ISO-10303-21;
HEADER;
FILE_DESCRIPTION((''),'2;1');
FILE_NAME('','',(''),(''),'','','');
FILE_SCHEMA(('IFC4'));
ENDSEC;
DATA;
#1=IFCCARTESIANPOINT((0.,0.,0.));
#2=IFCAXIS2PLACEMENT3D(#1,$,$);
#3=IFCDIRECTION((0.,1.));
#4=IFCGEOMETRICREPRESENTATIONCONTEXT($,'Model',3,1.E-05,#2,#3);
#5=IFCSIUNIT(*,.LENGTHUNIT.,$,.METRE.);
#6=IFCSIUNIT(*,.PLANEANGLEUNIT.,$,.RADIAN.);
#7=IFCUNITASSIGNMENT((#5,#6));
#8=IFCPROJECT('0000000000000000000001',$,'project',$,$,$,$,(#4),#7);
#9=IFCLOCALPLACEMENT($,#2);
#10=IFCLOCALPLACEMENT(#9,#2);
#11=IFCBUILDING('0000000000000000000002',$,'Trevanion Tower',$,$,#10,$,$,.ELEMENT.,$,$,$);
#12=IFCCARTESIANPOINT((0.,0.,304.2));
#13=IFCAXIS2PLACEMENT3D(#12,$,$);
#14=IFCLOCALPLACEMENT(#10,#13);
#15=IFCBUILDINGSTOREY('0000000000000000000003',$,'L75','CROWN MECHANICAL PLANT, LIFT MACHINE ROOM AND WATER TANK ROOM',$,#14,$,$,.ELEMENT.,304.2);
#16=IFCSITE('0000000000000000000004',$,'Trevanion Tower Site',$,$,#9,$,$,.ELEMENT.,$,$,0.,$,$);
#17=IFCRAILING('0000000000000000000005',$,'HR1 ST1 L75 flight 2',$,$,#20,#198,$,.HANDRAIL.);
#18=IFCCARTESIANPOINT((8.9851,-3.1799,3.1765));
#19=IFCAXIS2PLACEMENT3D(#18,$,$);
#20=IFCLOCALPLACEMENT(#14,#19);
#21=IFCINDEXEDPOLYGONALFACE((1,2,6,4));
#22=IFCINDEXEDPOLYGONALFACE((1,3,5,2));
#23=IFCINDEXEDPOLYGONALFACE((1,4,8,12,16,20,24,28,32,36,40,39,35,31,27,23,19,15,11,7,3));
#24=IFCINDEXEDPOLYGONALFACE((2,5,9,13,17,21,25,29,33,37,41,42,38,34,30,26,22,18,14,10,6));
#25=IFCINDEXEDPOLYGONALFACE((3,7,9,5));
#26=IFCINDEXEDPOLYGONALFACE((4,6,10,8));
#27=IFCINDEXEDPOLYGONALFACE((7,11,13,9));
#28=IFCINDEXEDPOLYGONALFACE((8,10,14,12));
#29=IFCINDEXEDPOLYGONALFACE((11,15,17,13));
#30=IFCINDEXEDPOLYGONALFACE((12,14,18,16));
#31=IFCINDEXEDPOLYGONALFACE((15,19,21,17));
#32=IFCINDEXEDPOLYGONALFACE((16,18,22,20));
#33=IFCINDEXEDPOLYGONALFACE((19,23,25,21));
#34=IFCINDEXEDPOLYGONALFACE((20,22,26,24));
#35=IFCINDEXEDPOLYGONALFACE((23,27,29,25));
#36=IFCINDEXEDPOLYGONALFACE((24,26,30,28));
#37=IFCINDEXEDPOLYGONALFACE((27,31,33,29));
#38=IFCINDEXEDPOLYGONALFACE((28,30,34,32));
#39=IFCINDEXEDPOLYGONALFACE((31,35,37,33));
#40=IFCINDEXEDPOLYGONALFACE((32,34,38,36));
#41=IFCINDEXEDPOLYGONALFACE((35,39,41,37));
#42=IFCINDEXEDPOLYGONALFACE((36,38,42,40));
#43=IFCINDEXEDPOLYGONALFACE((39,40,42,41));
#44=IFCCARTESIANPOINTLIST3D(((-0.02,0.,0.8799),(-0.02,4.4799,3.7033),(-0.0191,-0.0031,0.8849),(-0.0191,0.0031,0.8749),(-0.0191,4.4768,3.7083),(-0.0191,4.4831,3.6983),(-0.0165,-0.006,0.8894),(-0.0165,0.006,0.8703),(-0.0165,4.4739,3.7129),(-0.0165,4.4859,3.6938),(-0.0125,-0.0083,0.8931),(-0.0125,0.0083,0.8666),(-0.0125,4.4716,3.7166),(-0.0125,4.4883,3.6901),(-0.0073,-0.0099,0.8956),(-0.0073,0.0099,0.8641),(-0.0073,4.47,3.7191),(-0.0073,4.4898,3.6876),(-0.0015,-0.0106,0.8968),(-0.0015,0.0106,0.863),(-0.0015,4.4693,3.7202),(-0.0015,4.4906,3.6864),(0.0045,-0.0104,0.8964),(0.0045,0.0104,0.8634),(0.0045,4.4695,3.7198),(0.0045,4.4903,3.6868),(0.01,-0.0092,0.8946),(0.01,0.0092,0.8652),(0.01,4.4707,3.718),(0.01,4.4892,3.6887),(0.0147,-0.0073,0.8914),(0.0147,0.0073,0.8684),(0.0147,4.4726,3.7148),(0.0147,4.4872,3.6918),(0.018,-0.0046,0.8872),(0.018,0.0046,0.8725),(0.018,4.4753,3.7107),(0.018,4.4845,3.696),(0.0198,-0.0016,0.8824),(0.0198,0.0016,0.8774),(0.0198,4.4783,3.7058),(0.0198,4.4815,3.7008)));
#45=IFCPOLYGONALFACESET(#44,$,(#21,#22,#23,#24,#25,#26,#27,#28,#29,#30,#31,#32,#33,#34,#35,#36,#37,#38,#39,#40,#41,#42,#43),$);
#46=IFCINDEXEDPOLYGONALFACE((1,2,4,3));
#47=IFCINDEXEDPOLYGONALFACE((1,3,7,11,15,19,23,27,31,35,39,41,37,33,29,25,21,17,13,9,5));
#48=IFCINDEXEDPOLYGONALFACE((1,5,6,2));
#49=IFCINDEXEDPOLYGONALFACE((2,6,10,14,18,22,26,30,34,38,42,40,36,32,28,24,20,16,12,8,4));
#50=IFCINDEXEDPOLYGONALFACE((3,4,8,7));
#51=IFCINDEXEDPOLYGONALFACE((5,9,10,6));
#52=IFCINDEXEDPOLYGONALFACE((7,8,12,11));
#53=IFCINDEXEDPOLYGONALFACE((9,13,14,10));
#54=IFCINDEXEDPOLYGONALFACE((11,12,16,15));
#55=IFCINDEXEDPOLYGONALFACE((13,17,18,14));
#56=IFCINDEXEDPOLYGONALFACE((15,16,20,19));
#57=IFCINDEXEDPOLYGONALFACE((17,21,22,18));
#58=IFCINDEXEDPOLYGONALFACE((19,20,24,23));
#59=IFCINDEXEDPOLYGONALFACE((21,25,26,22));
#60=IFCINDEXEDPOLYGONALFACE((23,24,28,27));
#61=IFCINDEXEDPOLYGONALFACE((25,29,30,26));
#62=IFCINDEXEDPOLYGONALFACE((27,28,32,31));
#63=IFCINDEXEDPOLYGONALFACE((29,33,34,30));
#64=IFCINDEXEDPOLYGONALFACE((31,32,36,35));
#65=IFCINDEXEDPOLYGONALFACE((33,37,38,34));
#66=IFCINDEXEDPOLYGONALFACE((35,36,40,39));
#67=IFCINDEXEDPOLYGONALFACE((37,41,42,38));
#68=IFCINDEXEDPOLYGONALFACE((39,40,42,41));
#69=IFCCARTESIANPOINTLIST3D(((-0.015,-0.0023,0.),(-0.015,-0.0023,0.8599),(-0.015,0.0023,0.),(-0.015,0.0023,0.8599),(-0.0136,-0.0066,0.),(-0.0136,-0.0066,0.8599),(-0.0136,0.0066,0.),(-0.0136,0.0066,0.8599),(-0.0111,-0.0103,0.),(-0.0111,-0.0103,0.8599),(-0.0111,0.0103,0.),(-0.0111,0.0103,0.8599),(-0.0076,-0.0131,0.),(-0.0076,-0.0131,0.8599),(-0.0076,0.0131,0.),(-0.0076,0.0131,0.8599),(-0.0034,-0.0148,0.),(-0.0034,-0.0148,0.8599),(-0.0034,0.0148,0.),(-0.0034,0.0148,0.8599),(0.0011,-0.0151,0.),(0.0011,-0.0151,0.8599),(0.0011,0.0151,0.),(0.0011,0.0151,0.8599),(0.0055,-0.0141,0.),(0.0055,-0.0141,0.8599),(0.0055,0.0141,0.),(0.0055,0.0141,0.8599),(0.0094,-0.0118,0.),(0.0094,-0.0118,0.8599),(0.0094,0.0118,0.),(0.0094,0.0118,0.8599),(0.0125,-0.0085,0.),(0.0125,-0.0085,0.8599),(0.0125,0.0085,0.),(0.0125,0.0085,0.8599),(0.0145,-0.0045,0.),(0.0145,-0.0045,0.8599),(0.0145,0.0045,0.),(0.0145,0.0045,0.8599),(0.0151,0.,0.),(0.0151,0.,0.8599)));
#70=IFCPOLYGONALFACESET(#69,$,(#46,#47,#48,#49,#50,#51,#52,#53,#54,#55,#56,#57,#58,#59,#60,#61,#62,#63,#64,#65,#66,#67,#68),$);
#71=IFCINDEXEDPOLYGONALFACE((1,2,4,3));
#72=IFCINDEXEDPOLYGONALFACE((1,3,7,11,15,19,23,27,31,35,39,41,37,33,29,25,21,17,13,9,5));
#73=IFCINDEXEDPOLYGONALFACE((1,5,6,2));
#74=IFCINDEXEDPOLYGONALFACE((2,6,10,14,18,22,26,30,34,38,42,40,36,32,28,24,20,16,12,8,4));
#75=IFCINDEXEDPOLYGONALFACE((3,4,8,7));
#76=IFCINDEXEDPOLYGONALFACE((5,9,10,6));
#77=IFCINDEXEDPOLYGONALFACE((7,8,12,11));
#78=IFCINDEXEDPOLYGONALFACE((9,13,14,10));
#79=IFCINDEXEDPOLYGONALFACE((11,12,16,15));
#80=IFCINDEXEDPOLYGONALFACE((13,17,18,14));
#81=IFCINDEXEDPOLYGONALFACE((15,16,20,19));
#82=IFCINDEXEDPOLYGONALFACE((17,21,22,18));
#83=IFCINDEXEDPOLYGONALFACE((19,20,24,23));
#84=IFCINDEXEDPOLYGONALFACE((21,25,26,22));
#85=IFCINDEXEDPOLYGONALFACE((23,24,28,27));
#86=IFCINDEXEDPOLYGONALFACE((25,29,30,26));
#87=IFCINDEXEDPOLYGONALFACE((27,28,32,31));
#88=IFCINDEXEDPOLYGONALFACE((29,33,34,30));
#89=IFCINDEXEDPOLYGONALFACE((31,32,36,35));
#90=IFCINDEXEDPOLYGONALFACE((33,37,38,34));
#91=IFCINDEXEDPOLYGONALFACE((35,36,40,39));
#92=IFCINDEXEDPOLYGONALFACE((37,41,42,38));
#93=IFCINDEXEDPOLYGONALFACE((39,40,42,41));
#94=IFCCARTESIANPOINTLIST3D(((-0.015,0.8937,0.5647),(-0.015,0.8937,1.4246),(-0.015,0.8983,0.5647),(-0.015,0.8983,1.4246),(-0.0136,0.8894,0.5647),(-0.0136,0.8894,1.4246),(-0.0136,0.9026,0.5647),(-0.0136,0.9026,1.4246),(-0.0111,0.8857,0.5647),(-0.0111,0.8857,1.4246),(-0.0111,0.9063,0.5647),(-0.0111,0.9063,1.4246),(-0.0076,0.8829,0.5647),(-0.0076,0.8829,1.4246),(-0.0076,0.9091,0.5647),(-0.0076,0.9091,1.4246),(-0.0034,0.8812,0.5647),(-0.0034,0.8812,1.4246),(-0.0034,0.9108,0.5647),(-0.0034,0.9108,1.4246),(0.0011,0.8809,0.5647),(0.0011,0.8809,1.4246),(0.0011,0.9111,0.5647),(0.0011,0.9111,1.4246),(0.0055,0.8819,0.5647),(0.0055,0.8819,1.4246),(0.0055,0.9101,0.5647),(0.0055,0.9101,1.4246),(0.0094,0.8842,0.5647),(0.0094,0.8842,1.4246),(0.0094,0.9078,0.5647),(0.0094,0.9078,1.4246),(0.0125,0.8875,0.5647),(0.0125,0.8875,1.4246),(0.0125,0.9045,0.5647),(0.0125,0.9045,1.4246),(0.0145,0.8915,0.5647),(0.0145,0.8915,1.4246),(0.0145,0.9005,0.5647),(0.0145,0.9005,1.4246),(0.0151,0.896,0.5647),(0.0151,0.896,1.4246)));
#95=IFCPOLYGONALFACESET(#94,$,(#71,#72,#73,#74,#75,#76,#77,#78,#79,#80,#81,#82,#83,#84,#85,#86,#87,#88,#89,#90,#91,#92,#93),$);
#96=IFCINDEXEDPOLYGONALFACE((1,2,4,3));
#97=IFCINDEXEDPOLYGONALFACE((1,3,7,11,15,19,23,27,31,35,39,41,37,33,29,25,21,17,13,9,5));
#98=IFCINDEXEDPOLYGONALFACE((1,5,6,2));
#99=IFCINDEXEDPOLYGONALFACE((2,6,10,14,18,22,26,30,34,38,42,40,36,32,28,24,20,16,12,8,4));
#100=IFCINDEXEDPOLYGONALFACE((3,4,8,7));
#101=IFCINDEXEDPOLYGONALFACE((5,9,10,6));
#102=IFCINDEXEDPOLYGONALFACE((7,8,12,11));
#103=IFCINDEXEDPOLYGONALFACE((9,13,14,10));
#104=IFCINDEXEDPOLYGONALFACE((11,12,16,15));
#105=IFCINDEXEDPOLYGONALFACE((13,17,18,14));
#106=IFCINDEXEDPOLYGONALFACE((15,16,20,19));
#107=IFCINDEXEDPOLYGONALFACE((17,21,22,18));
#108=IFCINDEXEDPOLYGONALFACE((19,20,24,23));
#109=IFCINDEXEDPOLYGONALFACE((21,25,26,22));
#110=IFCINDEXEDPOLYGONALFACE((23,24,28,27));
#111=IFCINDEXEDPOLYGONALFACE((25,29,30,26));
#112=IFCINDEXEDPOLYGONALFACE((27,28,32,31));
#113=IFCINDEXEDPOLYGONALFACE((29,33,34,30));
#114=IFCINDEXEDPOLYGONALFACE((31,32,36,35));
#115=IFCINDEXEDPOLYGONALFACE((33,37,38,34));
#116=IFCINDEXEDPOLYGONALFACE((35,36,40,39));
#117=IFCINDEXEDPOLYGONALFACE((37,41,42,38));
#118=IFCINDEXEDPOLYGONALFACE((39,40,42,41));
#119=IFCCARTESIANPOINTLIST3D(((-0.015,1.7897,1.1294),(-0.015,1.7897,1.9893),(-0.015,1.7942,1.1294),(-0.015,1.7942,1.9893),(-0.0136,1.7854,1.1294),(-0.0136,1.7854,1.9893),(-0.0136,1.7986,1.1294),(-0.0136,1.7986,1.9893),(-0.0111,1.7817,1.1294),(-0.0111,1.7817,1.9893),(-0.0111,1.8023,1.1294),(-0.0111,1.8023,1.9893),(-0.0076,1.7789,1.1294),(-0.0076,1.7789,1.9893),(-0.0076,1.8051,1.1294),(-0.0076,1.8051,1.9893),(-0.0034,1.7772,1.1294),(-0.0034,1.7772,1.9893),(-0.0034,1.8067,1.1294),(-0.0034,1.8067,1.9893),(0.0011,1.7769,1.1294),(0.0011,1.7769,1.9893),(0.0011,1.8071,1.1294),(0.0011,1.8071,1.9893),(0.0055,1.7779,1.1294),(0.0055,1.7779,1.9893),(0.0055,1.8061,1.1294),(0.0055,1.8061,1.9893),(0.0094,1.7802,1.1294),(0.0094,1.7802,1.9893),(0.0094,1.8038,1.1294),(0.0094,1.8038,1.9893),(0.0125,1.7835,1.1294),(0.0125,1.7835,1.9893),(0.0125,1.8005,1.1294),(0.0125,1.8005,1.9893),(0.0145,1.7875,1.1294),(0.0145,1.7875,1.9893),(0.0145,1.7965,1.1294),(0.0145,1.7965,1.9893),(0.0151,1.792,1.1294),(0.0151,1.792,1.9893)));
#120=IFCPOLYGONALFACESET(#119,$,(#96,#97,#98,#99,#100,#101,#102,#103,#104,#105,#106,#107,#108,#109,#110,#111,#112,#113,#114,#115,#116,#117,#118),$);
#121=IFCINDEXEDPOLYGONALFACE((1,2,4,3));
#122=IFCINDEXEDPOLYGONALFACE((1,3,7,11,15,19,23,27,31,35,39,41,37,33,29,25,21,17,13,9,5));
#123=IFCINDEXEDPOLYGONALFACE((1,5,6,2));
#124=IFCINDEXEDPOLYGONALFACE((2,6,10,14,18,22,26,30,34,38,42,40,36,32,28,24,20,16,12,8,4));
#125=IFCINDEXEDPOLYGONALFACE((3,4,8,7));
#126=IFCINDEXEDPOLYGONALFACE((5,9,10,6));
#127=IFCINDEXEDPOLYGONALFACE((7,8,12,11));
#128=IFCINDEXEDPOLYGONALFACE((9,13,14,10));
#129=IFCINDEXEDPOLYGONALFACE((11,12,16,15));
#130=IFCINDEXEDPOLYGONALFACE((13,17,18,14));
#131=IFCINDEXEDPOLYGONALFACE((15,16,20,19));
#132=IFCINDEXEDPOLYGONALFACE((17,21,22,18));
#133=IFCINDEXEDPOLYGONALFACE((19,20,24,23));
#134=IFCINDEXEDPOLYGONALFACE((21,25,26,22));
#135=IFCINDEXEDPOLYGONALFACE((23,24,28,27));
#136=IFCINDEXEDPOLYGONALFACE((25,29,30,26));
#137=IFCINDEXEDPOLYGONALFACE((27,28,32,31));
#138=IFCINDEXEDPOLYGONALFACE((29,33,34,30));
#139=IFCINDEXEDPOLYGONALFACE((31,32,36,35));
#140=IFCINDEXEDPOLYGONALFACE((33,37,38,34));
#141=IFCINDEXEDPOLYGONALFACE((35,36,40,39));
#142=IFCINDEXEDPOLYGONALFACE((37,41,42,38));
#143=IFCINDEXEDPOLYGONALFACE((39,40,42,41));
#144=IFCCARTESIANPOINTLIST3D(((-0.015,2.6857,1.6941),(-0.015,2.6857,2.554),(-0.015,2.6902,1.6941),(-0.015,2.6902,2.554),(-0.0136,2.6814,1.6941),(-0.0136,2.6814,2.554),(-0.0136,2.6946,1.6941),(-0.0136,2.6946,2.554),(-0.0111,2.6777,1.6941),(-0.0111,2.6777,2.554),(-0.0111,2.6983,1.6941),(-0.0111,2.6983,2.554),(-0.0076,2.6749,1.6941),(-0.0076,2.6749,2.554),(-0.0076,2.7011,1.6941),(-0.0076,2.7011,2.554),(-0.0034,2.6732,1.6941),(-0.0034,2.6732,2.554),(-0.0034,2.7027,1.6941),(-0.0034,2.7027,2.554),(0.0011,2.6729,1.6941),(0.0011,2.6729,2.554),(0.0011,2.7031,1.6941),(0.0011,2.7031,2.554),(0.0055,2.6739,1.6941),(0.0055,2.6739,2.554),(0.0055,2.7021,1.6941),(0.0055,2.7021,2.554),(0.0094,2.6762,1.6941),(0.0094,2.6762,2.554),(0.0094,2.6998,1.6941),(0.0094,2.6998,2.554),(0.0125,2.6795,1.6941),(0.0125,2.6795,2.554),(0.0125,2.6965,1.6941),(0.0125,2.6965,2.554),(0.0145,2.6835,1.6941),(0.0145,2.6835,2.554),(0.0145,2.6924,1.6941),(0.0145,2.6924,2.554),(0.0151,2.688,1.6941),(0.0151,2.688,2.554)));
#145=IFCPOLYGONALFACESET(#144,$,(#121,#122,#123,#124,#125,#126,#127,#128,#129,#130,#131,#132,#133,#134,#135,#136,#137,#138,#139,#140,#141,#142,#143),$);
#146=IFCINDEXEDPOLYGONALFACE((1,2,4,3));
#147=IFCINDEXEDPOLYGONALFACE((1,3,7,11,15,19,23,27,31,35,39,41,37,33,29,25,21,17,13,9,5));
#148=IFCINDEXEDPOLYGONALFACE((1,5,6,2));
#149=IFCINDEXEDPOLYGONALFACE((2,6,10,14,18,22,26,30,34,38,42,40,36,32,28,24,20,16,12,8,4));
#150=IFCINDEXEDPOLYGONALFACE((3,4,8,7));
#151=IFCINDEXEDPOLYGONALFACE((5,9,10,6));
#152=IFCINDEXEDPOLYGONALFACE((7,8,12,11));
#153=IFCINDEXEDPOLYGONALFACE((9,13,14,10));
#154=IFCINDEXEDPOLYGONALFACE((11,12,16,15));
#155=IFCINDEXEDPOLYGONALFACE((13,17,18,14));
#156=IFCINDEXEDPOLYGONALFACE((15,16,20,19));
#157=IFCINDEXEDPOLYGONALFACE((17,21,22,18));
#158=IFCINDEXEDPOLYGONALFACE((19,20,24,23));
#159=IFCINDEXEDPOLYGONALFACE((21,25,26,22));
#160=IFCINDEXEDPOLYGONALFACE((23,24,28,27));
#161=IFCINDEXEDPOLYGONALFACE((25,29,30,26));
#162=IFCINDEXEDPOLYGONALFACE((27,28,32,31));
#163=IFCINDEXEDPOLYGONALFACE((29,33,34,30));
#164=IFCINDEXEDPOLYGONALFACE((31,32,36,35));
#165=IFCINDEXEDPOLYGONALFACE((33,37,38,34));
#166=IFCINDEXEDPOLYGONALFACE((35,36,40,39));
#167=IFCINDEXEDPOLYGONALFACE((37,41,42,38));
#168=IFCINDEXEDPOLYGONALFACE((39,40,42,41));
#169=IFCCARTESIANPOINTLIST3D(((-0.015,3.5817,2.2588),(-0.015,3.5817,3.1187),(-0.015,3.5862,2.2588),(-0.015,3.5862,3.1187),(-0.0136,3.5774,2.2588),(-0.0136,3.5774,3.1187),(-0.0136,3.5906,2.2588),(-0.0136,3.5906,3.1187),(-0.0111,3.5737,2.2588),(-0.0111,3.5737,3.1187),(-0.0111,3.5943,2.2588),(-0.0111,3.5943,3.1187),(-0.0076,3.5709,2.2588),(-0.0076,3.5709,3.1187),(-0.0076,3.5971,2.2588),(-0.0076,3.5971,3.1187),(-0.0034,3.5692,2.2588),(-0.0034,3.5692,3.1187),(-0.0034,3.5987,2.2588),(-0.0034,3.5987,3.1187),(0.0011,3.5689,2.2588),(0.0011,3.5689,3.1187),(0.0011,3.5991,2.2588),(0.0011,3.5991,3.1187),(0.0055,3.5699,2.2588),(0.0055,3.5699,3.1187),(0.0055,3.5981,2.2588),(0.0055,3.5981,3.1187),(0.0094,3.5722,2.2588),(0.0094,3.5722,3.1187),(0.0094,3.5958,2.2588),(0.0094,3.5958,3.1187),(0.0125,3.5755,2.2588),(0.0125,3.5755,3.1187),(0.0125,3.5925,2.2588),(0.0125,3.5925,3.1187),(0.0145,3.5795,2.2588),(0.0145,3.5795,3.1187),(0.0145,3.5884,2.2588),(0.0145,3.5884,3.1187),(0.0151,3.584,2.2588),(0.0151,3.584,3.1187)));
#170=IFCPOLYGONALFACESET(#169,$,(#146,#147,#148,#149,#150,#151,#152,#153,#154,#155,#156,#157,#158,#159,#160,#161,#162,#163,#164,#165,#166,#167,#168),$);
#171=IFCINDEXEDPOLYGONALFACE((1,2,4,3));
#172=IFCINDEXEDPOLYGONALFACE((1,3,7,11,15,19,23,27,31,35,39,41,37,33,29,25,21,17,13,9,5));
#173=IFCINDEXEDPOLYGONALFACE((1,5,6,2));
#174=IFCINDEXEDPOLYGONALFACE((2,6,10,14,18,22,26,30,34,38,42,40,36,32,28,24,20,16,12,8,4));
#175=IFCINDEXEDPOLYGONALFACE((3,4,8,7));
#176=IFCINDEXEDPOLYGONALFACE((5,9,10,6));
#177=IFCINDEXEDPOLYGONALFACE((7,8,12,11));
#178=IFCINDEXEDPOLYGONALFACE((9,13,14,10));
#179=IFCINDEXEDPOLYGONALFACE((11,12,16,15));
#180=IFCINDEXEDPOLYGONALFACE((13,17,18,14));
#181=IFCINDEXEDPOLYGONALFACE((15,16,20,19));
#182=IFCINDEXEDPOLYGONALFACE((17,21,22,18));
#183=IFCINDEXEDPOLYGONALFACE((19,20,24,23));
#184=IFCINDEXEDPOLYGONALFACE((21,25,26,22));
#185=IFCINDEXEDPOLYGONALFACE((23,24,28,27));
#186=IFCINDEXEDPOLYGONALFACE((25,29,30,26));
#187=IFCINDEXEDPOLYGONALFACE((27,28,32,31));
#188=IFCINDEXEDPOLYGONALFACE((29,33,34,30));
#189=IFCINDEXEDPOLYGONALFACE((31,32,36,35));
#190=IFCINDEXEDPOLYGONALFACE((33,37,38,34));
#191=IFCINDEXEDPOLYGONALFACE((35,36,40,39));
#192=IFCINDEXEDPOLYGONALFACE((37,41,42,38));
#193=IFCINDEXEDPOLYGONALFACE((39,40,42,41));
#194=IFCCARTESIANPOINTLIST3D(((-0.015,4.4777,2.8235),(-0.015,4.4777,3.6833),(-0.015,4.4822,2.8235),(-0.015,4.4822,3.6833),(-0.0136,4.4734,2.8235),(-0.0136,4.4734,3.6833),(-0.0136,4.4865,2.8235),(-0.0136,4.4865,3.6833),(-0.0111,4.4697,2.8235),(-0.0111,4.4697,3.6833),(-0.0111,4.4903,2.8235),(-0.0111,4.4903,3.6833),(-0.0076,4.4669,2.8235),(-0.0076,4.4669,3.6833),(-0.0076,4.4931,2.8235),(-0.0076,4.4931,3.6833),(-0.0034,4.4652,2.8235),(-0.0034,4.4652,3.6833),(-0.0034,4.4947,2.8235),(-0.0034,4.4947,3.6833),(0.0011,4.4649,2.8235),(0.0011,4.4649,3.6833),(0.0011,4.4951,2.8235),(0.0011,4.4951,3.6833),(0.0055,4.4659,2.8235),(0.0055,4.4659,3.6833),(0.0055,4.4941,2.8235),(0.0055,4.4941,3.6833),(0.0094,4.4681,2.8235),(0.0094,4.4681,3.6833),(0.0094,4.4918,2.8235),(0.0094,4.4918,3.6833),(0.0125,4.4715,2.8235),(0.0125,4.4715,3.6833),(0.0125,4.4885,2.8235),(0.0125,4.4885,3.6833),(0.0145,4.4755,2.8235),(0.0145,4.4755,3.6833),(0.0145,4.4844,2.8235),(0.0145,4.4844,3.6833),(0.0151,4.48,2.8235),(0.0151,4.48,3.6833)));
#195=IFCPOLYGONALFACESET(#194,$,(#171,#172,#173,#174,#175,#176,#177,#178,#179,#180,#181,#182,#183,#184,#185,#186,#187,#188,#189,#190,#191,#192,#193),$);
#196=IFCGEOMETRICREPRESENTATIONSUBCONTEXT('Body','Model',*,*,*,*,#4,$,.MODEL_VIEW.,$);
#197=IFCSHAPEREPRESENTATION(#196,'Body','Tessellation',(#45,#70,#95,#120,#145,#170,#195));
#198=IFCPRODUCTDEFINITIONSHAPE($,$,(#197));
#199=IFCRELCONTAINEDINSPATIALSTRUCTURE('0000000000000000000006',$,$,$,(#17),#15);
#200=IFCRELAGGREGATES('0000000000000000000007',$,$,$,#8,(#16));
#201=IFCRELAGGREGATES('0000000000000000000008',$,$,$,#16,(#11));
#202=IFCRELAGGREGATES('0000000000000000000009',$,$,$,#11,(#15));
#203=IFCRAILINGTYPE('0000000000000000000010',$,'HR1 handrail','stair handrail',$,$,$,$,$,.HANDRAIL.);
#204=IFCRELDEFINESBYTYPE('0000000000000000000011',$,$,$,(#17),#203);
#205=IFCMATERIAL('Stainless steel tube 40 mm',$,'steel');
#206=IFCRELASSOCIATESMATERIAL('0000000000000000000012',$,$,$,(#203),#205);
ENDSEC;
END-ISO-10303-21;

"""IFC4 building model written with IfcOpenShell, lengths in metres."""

from ifc_helpers import new_model, si_unit, direction, frame, origin, origin_2d, place, context, subcontext, project, spatial, circle, extrude, material, type_object, element, save


model = new_model("IFC4")

# Units and contexts
model_context = context("Model", 3, precision=1e-05, world=origin(), true_north=direction((0.0, 1.0)))
body_context = subcontext(model_context, "Body", "Model", "MODEL_VIEW")
ifc_project = project(units=[si_unit("LENGTHUNIT", "METRE"), si_unit("PLANEANGLEUNIT", "RADIAN")], contexts=[model_context])

# Site, building, storey
site_placement = place(None, origin())
site = spatial("IfcSite", under=ifc_project, at=site_placement, Name="Trevanion Tower Site", CompositionType="ELEMENT", RefElevation=0.0)
building_placement = place(site_placement, origin())
building = spatial("IfcBuilding", under=site, at=building_placement, Name="Trevanion Tower", CompositionType="ELEMENT")
storey_placement = place(building_placement, frame((0.0, 0.0, 304.2)))
storey = spatial("IfcBuildingStorey", under=building, at=storey_placement, Name="L75", Description="CROWN MECHANICAL PLANT, LIFT MACHINE ROOM AND WATER TANK ROOM", CompositionType="ELEMENT", Elevation=304.2)

# Railing
ifc_material_1 = material(Name="Stainless steel tube 40 mm", Category="steel")
railing_type = type_object("IfcRailingType", Name="HR1 handrail", Description="stair handrail", PredefinedType="HANDRAIL", material=ifc_material_1)
for number, where, name in (
    (1, (8.9851, -3.1799, 3.1765), "HR1 ST1 L75 flight 2"),
):
    element("IfcRailing", number, at=place(storey_placement, frame(where)), inside=storey, type_object=railing_type, Name=name, PredefinedType="HANDRAIL", context=body_context, shape_type="SweptSolid", body=[
        extrude(circle(Radius=0.02, at=origin_2d()), frame((0.0, 0.0, 0.8799), z_axis=(0.0, 0.845998, 0.533186), x_axis=(-1.0, 0.0, 0.0)), (0.0, 0.0, 1.0), 5.2954),
        extrude(circle(Radius=0.0151, at=origin_2d()), origin(), (0.0, 0.0, 1.0), 0.8599),
        extrude(circle(Radius=0.0151, at=origin_2d()), frame((0.0, 0.896, 0.5647)), (0.0, 0.0, 1.0), 0.8599),
        extrude(circle(Radius=0.0151, at=origin_2d()), frame((0.0, 1.792, 1.1294)), (0.0, 0.0, 1.0), 0.8599),
        extrude(circle(Radius=0.0151, at=origin_2d()), frame((0.0, 2.688, 1.6941)), (0.0, 0.0, 1.0), 0.8599),
        extrude(circle(Radius=0.0151, at=origin_2d()), frame((0.0, 3.584, 2.2588)), (0.0, 0.0, 1.0), 0.8599),
        extrude(circle(Radius=0.0151, at=origin_2d()), frame((0.0, 4.48, 2.8235)), (0.0, 0.0, 1.0), 0.8599),
    ])

save(model, "model.ifc")
